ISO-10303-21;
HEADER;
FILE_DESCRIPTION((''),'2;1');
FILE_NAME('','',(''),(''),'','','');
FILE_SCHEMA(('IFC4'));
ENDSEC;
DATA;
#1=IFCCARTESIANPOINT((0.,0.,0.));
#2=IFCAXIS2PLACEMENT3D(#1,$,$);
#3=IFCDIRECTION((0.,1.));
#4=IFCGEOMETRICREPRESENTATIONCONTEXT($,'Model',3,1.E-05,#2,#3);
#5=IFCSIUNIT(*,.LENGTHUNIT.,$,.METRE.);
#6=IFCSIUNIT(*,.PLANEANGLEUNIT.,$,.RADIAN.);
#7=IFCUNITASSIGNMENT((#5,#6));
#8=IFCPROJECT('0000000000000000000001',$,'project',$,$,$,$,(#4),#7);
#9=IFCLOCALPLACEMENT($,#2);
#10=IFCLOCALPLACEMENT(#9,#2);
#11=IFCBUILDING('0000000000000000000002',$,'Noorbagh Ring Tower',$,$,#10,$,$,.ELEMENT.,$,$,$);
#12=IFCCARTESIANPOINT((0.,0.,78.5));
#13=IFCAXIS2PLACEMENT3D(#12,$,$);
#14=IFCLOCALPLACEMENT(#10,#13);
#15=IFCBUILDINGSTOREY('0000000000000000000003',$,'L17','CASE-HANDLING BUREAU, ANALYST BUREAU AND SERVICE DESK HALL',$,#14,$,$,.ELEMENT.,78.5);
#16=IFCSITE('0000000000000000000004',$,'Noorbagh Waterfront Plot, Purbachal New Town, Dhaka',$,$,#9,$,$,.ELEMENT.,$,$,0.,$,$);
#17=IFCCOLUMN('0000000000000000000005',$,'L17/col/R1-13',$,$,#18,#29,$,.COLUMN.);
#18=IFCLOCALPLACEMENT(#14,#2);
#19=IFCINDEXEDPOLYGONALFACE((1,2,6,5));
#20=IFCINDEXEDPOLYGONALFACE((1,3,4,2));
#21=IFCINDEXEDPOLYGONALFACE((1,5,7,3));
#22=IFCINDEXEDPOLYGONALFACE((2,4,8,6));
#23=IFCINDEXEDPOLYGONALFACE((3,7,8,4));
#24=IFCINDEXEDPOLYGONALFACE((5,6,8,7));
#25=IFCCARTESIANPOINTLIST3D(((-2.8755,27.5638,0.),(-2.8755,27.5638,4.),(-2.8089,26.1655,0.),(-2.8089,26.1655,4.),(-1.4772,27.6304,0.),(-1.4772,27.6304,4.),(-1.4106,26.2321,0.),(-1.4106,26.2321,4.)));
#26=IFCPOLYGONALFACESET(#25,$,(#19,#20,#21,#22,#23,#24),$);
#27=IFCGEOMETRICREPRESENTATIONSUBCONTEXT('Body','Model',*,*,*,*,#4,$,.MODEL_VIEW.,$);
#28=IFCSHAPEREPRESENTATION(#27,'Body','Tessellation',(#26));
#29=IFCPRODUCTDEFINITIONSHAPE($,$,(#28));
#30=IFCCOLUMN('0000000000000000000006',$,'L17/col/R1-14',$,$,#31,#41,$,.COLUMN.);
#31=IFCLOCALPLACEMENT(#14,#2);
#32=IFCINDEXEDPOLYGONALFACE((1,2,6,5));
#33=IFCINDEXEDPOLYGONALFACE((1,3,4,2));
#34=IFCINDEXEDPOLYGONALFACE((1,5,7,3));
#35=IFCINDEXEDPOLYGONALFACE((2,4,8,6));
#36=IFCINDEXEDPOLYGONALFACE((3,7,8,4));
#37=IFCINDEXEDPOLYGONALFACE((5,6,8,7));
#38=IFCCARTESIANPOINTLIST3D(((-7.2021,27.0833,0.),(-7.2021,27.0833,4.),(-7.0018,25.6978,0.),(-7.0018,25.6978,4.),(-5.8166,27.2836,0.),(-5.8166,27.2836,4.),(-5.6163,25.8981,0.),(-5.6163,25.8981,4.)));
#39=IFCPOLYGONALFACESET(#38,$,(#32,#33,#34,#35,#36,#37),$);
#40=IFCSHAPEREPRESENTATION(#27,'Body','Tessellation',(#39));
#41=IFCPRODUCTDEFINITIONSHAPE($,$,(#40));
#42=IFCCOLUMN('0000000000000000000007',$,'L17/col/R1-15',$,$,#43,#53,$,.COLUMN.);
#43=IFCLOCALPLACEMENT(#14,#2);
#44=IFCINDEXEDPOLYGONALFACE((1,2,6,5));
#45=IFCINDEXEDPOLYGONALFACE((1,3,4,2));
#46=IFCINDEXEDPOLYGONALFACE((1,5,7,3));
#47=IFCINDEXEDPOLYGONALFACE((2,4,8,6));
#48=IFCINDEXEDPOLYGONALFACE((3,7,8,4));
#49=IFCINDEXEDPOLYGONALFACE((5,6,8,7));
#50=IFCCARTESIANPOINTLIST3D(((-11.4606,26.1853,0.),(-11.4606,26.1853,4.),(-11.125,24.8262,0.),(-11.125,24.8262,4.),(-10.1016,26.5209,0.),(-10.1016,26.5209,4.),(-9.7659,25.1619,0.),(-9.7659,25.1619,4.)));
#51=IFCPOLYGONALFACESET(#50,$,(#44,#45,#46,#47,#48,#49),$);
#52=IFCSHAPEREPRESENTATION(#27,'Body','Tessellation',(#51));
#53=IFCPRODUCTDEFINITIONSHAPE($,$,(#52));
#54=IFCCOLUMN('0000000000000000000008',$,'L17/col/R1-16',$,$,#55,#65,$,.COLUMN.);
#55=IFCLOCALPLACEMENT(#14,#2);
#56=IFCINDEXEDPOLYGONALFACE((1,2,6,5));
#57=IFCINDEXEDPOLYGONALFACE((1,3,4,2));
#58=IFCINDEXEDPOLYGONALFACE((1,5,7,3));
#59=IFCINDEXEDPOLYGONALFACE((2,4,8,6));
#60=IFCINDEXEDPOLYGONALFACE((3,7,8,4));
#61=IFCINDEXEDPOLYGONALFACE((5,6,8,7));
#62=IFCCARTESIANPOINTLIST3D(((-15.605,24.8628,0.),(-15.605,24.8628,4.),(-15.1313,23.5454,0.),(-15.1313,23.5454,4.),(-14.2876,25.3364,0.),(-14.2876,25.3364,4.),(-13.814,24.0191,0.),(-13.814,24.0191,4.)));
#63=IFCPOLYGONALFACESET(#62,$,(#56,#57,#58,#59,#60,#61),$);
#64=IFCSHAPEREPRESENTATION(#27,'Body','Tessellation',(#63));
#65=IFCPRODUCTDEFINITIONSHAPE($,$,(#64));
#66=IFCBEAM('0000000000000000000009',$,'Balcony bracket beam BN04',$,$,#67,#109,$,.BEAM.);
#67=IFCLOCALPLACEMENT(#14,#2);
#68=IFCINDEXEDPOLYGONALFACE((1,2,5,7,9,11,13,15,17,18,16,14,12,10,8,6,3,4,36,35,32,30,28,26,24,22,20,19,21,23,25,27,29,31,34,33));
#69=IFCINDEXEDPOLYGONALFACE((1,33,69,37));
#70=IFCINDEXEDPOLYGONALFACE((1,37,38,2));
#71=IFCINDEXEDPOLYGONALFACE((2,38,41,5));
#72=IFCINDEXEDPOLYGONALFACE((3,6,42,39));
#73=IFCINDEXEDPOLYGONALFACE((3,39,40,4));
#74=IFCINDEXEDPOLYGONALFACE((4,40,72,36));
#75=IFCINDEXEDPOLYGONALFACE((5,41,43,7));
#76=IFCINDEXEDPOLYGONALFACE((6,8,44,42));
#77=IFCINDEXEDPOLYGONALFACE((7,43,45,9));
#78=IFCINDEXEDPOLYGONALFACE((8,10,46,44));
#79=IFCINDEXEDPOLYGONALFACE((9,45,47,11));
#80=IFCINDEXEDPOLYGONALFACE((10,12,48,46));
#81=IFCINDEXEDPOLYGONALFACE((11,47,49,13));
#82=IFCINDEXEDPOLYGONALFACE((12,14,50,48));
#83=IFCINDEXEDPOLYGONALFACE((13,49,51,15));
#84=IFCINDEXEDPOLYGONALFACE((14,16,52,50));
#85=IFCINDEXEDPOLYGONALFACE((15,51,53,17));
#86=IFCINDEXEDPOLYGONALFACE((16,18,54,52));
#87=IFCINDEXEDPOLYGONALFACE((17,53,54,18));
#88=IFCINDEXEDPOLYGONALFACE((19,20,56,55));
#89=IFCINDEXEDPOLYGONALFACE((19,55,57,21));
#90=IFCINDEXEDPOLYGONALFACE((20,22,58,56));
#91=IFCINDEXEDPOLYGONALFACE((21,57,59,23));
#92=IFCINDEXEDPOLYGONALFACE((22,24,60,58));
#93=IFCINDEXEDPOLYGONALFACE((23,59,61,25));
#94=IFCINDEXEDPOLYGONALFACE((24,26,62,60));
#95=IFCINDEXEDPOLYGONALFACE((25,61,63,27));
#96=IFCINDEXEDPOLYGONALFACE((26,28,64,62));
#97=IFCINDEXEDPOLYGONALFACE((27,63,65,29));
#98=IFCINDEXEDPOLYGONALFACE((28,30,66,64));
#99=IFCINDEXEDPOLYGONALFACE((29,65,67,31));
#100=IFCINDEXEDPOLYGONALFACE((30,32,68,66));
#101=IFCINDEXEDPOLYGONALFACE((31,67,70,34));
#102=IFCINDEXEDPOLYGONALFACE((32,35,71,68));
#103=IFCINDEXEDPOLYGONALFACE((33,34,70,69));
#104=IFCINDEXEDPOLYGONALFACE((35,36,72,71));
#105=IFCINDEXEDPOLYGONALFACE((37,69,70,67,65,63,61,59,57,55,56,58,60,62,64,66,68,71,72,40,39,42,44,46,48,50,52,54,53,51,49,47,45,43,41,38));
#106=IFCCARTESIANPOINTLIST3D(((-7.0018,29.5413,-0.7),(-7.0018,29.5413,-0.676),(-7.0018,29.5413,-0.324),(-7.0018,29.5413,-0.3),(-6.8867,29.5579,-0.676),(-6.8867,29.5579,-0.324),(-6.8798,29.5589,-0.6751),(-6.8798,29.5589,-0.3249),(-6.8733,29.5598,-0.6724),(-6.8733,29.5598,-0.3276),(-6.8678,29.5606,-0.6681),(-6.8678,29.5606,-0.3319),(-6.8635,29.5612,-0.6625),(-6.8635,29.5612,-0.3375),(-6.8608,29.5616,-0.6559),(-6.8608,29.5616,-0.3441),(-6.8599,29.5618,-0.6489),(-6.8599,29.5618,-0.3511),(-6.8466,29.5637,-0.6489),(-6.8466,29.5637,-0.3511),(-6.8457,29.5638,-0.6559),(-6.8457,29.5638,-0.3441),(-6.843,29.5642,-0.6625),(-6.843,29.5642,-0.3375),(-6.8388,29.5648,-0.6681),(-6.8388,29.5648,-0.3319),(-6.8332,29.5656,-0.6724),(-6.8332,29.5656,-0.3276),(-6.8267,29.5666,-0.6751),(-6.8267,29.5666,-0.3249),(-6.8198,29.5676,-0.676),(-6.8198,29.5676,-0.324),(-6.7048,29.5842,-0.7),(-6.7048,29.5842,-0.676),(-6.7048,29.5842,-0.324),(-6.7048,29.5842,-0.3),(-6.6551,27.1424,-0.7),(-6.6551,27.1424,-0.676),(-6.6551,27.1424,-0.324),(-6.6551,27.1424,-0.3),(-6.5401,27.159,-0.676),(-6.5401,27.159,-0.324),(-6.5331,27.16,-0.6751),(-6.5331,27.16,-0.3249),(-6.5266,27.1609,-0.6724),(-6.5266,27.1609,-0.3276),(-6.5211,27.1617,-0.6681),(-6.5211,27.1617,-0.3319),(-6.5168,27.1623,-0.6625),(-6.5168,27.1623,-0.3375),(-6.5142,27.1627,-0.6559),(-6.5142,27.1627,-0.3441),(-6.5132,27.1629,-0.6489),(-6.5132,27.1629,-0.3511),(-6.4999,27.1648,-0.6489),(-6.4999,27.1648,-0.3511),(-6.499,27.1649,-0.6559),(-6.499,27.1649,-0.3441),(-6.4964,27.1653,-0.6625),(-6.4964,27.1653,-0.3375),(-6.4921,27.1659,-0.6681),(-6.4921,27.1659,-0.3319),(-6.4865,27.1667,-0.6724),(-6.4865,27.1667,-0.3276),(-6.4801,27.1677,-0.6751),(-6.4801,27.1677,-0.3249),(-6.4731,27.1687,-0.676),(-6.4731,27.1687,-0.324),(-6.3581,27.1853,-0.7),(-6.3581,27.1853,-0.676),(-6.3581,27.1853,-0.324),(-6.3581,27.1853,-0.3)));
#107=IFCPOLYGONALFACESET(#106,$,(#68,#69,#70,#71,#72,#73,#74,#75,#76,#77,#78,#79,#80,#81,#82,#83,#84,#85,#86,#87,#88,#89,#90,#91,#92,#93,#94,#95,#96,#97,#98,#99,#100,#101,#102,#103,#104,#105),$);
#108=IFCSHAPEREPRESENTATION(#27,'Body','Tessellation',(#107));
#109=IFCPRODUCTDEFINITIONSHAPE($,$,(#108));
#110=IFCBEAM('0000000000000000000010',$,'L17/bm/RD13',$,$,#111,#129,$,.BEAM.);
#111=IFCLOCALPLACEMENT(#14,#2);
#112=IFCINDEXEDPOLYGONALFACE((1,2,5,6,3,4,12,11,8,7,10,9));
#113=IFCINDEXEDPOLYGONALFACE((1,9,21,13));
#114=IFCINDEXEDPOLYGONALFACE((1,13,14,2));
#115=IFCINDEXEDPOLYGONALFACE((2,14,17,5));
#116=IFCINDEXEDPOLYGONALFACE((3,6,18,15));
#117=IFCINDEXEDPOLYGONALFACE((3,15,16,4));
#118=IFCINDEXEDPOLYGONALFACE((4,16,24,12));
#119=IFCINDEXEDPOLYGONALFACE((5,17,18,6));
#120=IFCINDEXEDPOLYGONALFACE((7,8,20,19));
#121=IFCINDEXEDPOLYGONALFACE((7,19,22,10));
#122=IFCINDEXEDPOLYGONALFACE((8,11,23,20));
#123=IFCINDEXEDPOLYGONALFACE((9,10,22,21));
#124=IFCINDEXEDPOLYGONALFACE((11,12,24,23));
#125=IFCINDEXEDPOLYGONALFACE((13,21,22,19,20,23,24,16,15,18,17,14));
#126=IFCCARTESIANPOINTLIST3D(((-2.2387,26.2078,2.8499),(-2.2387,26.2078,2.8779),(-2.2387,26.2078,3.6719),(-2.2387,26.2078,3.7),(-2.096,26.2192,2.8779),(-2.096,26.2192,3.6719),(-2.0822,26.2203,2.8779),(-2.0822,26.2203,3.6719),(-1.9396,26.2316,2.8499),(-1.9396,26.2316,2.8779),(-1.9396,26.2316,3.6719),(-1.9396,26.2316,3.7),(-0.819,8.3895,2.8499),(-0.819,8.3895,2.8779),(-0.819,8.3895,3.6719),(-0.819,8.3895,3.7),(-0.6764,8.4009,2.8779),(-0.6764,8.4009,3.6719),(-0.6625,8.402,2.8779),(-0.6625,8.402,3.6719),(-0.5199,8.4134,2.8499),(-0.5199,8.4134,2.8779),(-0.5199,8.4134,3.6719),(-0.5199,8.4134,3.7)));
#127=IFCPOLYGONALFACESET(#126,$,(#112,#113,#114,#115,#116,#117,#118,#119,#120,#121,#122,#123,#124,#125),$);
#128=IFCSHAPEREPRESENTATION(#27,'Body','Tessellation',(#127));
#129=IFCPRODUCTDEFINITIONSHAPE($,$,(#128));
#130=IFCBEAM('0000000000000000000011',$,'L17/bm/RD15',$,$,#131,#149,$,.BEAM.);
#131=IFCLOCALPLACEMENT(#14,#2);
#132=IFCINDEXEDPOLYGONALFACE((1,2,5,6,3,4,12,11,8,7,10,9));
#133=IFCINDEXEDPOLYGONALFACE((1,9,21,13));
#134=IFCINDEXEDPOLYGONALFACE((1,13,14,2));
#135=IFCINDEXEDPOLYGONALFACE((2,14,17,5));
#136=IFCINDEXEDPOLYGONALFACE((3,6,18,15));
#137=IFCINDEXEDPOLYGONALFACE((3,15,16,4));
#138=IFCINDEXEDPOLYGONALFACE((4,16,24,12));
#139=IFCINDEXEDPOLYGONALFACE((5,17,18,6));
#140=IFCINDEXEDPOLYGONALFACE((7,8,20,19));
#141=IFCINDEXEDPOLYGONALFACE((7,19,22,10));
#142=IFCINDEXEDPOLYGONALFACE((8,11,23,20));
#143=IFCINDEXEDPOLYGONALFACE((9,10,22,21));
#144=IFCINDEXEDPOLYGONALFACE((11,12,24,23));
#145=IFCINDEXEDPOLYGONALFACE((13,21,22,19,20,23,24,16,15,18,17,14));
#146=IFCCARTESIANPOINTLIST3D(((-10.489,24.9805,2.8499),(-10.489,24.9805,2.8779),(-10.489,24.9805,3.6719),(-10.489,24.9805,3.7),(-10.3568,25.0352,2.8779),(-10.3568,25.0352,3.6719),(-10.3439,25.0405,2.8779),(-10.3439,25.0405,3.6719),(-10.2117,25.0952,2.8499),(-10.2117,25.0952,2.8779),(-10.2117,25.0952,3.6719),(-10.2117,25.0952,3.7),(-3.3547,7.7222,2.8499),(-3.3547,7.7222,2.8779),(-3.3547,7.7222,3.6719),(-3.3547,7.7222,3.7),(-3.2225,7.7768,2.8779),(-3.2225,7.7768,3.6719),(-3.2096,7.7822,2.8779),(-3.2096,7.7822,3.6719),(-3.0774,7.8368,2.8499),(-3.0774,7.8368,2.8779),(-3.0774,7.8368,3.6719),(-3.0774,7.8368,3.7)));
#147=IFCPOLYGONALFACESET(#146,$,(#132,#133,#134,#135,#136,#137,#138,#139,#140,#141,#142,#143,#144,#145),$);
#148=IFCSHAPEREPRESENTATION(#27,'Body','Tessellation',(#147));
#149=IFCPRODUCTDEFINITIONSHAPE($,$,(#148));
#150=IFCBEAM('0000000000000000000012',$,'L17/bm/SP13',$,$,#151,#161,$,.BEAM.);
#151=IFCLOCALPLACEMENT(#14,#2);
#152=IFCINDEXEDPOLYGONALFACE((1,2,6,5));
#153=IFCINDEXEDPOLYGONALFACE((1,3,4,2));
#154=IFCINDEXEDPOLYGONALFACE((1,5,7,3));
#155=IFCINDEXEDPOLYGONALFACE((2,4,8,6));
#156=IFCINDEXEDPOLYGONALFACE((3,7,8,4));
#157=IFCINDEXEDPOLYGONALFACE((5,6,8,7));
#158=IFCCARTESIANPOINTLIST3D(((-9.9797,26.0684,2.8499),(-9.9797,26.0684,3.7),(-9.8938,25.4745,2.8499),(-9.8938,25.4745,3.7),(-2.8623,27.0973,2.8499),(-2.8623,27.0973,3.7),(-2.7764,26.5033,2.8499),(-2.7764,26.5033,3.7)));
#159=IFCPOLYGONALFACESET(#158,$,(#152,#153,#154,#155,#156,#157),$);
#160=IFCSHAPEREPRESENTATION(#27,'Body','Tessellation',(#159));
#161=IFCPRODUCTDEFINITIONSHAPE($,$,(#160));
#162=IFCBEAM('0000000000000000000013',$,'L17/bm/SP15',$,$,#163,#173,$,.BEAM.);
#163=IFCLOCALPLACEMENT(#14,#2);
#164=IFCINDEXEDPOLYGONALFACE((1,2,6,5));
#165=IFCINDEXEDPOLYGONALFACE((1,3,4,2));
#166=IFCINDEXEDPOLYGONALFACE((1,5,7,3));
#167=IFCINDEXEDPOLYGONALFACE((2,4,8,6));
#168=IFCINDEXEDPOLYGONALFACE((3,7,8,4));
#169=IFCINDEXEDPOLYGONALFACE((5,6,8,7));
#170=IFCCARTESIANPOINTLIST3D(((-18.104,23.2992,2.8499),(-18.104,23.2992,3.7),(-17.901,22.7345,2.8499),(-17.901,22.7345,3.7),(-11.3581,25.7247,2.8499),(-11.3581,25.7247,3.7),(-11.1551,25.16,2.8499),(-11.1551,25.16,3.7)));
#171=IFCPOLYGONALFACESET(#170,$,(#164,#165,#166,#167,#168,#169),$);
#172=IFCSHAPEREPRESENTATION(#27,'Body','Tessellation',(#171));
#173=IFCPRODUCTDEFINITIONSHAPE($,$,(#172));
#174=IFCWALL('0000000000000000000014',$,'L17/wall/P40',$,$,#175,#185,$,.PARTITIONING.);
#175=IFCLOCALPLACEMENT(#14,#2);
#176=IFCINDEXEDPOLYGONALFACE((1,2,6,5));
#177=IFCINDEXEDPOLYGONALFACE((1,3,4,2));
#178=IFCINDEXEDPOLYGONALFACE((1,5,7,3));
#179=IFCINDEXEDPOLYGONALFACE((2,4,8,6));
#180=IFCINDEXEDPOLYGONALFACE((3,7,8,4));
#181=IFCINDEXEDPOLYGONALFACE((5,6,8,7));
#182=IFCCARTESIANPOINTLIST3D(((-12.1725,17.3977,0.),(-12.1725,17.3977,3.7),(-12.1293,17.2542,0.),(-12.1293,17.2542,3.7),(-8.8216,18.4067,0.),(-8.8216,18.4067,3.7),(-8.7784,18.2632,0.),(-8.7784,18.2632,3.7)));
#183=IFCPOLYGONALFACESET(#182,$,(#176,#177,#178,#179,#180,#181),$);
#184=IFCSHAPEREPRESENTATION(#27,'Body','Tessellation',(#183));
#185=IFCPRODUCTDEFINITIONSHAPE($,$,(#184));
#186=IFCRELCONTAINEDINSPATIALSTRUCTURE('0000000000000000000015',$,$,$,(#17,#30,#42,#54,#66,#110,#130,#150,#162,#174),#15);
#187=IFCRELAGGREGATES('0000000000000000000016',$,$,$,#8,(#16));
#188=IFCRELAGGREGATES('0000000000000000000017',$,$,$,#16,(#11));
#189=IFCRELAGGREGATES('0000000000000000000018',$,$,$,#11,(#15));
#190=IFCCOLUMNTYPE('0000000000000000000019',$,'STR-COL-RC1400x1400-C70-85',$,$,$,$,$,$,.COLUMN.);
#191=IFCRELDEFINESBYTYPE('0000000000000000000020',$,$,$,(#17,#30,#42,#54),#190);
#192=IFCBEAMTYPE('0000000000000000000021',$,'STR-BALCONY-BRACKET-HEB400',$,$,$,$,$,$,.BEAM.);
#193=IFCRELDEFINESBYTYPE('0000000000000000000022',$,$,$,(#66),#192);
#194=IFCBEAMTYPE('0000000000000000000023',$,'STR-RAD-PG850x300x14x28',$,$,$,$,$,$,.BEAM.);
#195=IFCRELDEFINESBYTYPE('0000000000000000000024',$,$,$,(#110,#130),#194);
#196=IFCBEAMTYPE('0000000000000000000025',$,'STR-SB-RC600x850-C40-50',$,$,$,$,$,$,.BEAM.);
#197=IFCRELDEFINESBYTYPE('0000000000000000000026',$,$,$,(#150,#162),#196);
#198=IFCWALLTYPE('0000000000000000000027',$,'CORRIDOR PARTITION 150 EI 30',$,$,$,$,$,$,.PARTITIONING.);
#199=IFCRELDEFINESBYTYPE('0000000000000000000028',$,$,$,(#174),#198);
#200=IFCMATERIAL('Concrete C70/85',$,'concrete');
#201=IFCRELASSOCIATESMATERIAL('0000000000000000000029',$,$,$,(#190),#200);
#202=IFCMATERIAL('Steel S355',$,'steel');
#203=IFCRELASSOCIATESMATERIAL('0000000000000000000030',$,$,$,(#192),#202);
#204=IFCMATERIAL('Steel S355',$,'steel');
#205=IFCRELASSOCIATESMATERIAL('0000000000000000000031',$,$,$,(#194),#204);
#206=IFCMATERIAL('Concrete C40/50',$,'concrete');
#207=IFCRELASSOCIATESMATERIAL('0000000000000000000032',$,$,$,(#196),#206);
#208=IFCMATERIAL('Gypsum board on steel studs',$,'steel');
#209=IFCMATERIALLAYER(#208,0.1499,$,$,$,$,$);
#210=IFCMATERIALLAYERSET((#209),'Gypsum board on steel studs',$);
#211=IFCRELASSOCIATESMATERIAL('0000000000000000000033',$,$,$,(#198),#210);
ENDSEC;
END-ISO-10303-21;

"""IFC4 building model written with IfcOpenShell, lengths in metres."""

from ifc_helpers import new_model, si_unit, direction, frame, frame_2d, origin, origin_2d, place, context, subcontext, project, spatial, rectangle, i_section, extrude, material, layer, layer_set, material_profile, profile_set, type_object, element, save


model = new_model("IFC4")

# Units and contexts
model_context = context("Model", 3, precision=1e-05, world=origin(), true_north=direction((0.0, 1.0)))
body_context = subcontext(model_context, "Body", "Model", "MODEL_VIEW")
ifc_project = project(units=[si_unit("LENGTHUNIT", "METRE"), si_unit("PLANEANGLEUNIT", "RADIAN")], contexts=[model_context])

# Site, building, storey
site_placement = place(None, origin())
site = spatial("IfcSite", under=ifc_project, at=site_placement, Name="Noorbagh Waterfront Plot, Purbachal New Town, Dhaka", CompositionType="ELEMENT", RefElevation=0.0)
building_placement = place(site_placement, origin())
building = spatial("IfcBuilding", under=site, at=building_placement, Name="Noorbagh Ring Tower", CompositionType="ELEMENT")
storey_placement = place(building_placement, frame((0.0, 0.0, 78.5)))
storey = spatial("IfcBuildingStorey", under=building, at=storey_placement, Name="L17", Description="CASE-HANDLING BUREAU, ANALYST BUREAU AND SERVICE DESK HALL", CompositionType="ELEMENT", Elevation=78.5)

# Columns
ifc_material_1 = material(Name="Concrete C70/85", Category="concrete")
ifc_material_profile_1 = material_profile(ifc_material_1, rectangle(XDim=1.3999, YDim=1.3999, at=origin_2d()), Name="RC1400x1400")
ifc_profile_set_1 = profile_set([ifc_material_profile_1], Name="Concrete C70/85")
column_type = type_object("IfcColumnType", Name="STR-COL-RC1400x1400-C70-85", PredefinedType="COLUMN", material=ifc_profile_set_1)
for number, where, z_axis, x_axis, name in (
    (1, (-2.1431, 26.8979, 0.0), (0.0, 0.0, 1.0), (-0.998869, -0.047553, 0.0), "L17/col/R1-13"),
    (2, (-6.4092, 26.4907, 0.0), (0.0, 0.0, 1.0), (-0.989713, -0.143066, 0.0), "L17/col/R1-14"),
    (3, (-10.6133, 25.6736, 0.0), (0.0, 0.0, 1.0), (-0.970829, -0.239771, 0.0), "L17/col/R1-15"),
    (4, (-14.7095, 24.4409, 0.0), (0.0, 0.0, 1.0), (-0.941025, -0.338338, 0.0), "L17/col/R1-16"),
):
    element("IfcColumn", number, at=place(storey_placement, frame(where, z_axis=z_axis, x_axis=x_axis)), inside=storey, type_object=column_type, Name=name, PredefinedType="COLUMN", context=body_context, shape_type="SweptSolid", body=[
        extrude(rectangle(XDim=1.3999, YDim=1.3999, at=origin_2d()), origin(), (0.0, 0.0, 1.0), 4.0),
    ])

# Beams
ifc_material_2 = material(Name="Steel S355", Category="steel")
ifc_material_profile_2 = material_profile(ifc_material_2, i_section(OverallWidth=0.3, OverallDepth=0.3999, WebThickness=0.0134, FlangeThickness=0.0239, FilletRadius=0.0271, at=origin_2d()), Name="HEB400")
ifc_profile_set_2 = profile_set([ifc_material_profile_2], Name="Steel S355")
beam_type_1 = type_object("IfcBeamType", Name="STR-BALCONY-BRACKET-HEB400", PredefinedType="BEAM", material=ifc_profile_set_2)
beam_1_placement = place(storey_placement, frame((-6.5066, 27.1638, -0.5), z_axis=(-0.143029, 0.989719, 0.0), x_axis=(-0.989719, -0.143029, 0.0)))
element("IfcBeam", 5, at=beam_1_placement, inside=storey, type_object=beam_type_1, Name="Balcony bracket beam BN04", PredefinedType="BEAM", context=body_context, shape_type="SweptSolid", body=[
    extrude(i_section(OverallWidth=0.3, OverallDepth=0.3999, WebThickness=0.0134, FlangeThickness=0.0239, FilletRadius=0.0271, at=origin_2d()), origin(), (0.0, 0.0, 1.0), 2.4238),
])
ifc_material_3 = material(Name="Steel S355", Category="steel")
ifc_material_profile_3 = material_profile(ifc_material_3, i_section(OverallWidth=0.3, OverallDepth=0.8501, WebThickness=0.0139, FlangeThickness=0.0281, at=origin_2d()), Name="PG850x300x14x28")
ifc_profile_set_3 = profile_set([ifc_material_profile_3], Name="Steel S355")
beam_type_2 = type_object("IfcBeamType", Name="STR-RAD-PG850x300x14x28", PredefinedType="BEAM", material=ifc_profile_set_3)
beam_2_placement = place(storey_placement, frame((-2.0891, 26.2197, 3.2749), z_axis=(0.079423, -0.996841, 0.0), x_axis=(0.996841, 0.079423, 0.0)))
element("IfcBeam", 6, at=beam_2_placement, inside=storey, type_object=beam_type_2, Name="L17/bm/RD13", PredefinedType="BEAM", context=body_context, shape_type="SweptSolid", body=[
    extrude(i_section(OverallWidth=0.3, OverallDepth=0.8501, WebThickness=0.0139, FlangeThickness=0.0281, at=origin_2d()), origin(), (0.0, 0.0, 1.0), 17.8748),
])
beam_3_placement = place(storey_placement, frame((-10.3503, 25.0378, 3.2749), z_axis=(0.382028, -0.924151, 0.0), x_axis=(0.924151, 0.382028, 0.0)))
element("IfcBeam", 7, at=beam_3_placement, inside=storey, type_object=beam_type_2, Name="L17/bm/RD15", PredefinedType="BEAM", context=body_context, shape_type="SweptSolid", body=[
    extrude(i_section(OverallWidth=0.3, OverallDepth=0.8501, WebThickness=0.0139, FlangeThickness=0.0281, at=origin_2d()), origin(), (0.0, 0.0, 1.0), 18.6748),
])
ifc_material_4 = material(Name="Concrete C40/50", Category="concrete")
ifc_material_profile_4 = material_profile(ifc_material_4, rectangle(XDim=0.6001, YDim=0.8501, at=origin_2d()), Name="RC600x850")
ifc_profile_set_4 = profile_set([ifc_material_profile_4], Name="Concrete C40/50")
beam_type_3 = type_object("IfcBeamType", Name="STR-SB-RC600x850-C40-50", PredefinedType="BEAM", material=ifc_profile_set_4)
beam_4_placement = place(storey_placement, frame((-2.8193, 26.8003, 3.2749), z_axis=(-0.989714, -0.143061, 0.0), x_axis=(0.143061, -0.989714, 0.0)))
element("IfcBeam", 8, at=beam_4_placement, inside=storey, type_object=beam_type_3, Name="L17/bm/SP13", PredefinedType="BEAM", context=body_context, shape_type="SweptSolid", body=[
    extrude(rectangle(XDim=0.6001, YDim=0.8501, at=origin_2d()), origin(), (0.0, 0.0, 1.0), 7.1914),
])
beam_5_placement = place(storey_placement, frame((-11.2566, 25.4424, 3.2749), z_axis=(-0.941019, -0.338353, 0.0), x_axis=(0.338353, -0.941019, 0.0)))
element("IfcBeam", 9, at=beam_5_placement, inside=storey, type_object=beam_type_3, Name="L17/bm/SP15", PredefinedType="BEAM", context=body_context, shape_type="SweptSolid", body=[
    extrude(rectangle(XDim=0.6001, YDim=0.8501, at=origin_2d()), origin(), (0.0, 0.0, 1.0), 7.1687),
])

# Wall
ifc_material_5 = material(Name="Gypsum board on steel studs", Category="steel")
ifc_layer_1 = layer(ifc_material_5, 0.1499)
ifc_layer_set_1 = layer_set([ifc_layer_1], Name="Gypsum board on steel studs")
wall_type_1 = type_object("IfcWallType", Name="CORRIDOR PARTITION 150 EI 30", PredefinedType="PARTITIONING", material=ifc_layer_set_1)
wall_1_placement = place(storey_placement, frame((-12.1509, 17.3259, 0.0), z_axis=(0.0, 0.0, 1.0), x_axis=(0.957528, 0.28834, 0.0)))
element("IfcWall", 10, at=wall_1_placement, inside=storey, type_object=wall_type_1, Name="L17/wall/P40", PredefinedType="PARTITIONING", context=body_context, shape_type="SweptSolid", body=[
    extrude(rectangle(XDim=3.4995, YDim=0.1499, at=frame_2d((1.7498, 0.0))), origin(), (0.0, 0.0, 1.0), 3.7),
])

save(model, "model.ifc")
